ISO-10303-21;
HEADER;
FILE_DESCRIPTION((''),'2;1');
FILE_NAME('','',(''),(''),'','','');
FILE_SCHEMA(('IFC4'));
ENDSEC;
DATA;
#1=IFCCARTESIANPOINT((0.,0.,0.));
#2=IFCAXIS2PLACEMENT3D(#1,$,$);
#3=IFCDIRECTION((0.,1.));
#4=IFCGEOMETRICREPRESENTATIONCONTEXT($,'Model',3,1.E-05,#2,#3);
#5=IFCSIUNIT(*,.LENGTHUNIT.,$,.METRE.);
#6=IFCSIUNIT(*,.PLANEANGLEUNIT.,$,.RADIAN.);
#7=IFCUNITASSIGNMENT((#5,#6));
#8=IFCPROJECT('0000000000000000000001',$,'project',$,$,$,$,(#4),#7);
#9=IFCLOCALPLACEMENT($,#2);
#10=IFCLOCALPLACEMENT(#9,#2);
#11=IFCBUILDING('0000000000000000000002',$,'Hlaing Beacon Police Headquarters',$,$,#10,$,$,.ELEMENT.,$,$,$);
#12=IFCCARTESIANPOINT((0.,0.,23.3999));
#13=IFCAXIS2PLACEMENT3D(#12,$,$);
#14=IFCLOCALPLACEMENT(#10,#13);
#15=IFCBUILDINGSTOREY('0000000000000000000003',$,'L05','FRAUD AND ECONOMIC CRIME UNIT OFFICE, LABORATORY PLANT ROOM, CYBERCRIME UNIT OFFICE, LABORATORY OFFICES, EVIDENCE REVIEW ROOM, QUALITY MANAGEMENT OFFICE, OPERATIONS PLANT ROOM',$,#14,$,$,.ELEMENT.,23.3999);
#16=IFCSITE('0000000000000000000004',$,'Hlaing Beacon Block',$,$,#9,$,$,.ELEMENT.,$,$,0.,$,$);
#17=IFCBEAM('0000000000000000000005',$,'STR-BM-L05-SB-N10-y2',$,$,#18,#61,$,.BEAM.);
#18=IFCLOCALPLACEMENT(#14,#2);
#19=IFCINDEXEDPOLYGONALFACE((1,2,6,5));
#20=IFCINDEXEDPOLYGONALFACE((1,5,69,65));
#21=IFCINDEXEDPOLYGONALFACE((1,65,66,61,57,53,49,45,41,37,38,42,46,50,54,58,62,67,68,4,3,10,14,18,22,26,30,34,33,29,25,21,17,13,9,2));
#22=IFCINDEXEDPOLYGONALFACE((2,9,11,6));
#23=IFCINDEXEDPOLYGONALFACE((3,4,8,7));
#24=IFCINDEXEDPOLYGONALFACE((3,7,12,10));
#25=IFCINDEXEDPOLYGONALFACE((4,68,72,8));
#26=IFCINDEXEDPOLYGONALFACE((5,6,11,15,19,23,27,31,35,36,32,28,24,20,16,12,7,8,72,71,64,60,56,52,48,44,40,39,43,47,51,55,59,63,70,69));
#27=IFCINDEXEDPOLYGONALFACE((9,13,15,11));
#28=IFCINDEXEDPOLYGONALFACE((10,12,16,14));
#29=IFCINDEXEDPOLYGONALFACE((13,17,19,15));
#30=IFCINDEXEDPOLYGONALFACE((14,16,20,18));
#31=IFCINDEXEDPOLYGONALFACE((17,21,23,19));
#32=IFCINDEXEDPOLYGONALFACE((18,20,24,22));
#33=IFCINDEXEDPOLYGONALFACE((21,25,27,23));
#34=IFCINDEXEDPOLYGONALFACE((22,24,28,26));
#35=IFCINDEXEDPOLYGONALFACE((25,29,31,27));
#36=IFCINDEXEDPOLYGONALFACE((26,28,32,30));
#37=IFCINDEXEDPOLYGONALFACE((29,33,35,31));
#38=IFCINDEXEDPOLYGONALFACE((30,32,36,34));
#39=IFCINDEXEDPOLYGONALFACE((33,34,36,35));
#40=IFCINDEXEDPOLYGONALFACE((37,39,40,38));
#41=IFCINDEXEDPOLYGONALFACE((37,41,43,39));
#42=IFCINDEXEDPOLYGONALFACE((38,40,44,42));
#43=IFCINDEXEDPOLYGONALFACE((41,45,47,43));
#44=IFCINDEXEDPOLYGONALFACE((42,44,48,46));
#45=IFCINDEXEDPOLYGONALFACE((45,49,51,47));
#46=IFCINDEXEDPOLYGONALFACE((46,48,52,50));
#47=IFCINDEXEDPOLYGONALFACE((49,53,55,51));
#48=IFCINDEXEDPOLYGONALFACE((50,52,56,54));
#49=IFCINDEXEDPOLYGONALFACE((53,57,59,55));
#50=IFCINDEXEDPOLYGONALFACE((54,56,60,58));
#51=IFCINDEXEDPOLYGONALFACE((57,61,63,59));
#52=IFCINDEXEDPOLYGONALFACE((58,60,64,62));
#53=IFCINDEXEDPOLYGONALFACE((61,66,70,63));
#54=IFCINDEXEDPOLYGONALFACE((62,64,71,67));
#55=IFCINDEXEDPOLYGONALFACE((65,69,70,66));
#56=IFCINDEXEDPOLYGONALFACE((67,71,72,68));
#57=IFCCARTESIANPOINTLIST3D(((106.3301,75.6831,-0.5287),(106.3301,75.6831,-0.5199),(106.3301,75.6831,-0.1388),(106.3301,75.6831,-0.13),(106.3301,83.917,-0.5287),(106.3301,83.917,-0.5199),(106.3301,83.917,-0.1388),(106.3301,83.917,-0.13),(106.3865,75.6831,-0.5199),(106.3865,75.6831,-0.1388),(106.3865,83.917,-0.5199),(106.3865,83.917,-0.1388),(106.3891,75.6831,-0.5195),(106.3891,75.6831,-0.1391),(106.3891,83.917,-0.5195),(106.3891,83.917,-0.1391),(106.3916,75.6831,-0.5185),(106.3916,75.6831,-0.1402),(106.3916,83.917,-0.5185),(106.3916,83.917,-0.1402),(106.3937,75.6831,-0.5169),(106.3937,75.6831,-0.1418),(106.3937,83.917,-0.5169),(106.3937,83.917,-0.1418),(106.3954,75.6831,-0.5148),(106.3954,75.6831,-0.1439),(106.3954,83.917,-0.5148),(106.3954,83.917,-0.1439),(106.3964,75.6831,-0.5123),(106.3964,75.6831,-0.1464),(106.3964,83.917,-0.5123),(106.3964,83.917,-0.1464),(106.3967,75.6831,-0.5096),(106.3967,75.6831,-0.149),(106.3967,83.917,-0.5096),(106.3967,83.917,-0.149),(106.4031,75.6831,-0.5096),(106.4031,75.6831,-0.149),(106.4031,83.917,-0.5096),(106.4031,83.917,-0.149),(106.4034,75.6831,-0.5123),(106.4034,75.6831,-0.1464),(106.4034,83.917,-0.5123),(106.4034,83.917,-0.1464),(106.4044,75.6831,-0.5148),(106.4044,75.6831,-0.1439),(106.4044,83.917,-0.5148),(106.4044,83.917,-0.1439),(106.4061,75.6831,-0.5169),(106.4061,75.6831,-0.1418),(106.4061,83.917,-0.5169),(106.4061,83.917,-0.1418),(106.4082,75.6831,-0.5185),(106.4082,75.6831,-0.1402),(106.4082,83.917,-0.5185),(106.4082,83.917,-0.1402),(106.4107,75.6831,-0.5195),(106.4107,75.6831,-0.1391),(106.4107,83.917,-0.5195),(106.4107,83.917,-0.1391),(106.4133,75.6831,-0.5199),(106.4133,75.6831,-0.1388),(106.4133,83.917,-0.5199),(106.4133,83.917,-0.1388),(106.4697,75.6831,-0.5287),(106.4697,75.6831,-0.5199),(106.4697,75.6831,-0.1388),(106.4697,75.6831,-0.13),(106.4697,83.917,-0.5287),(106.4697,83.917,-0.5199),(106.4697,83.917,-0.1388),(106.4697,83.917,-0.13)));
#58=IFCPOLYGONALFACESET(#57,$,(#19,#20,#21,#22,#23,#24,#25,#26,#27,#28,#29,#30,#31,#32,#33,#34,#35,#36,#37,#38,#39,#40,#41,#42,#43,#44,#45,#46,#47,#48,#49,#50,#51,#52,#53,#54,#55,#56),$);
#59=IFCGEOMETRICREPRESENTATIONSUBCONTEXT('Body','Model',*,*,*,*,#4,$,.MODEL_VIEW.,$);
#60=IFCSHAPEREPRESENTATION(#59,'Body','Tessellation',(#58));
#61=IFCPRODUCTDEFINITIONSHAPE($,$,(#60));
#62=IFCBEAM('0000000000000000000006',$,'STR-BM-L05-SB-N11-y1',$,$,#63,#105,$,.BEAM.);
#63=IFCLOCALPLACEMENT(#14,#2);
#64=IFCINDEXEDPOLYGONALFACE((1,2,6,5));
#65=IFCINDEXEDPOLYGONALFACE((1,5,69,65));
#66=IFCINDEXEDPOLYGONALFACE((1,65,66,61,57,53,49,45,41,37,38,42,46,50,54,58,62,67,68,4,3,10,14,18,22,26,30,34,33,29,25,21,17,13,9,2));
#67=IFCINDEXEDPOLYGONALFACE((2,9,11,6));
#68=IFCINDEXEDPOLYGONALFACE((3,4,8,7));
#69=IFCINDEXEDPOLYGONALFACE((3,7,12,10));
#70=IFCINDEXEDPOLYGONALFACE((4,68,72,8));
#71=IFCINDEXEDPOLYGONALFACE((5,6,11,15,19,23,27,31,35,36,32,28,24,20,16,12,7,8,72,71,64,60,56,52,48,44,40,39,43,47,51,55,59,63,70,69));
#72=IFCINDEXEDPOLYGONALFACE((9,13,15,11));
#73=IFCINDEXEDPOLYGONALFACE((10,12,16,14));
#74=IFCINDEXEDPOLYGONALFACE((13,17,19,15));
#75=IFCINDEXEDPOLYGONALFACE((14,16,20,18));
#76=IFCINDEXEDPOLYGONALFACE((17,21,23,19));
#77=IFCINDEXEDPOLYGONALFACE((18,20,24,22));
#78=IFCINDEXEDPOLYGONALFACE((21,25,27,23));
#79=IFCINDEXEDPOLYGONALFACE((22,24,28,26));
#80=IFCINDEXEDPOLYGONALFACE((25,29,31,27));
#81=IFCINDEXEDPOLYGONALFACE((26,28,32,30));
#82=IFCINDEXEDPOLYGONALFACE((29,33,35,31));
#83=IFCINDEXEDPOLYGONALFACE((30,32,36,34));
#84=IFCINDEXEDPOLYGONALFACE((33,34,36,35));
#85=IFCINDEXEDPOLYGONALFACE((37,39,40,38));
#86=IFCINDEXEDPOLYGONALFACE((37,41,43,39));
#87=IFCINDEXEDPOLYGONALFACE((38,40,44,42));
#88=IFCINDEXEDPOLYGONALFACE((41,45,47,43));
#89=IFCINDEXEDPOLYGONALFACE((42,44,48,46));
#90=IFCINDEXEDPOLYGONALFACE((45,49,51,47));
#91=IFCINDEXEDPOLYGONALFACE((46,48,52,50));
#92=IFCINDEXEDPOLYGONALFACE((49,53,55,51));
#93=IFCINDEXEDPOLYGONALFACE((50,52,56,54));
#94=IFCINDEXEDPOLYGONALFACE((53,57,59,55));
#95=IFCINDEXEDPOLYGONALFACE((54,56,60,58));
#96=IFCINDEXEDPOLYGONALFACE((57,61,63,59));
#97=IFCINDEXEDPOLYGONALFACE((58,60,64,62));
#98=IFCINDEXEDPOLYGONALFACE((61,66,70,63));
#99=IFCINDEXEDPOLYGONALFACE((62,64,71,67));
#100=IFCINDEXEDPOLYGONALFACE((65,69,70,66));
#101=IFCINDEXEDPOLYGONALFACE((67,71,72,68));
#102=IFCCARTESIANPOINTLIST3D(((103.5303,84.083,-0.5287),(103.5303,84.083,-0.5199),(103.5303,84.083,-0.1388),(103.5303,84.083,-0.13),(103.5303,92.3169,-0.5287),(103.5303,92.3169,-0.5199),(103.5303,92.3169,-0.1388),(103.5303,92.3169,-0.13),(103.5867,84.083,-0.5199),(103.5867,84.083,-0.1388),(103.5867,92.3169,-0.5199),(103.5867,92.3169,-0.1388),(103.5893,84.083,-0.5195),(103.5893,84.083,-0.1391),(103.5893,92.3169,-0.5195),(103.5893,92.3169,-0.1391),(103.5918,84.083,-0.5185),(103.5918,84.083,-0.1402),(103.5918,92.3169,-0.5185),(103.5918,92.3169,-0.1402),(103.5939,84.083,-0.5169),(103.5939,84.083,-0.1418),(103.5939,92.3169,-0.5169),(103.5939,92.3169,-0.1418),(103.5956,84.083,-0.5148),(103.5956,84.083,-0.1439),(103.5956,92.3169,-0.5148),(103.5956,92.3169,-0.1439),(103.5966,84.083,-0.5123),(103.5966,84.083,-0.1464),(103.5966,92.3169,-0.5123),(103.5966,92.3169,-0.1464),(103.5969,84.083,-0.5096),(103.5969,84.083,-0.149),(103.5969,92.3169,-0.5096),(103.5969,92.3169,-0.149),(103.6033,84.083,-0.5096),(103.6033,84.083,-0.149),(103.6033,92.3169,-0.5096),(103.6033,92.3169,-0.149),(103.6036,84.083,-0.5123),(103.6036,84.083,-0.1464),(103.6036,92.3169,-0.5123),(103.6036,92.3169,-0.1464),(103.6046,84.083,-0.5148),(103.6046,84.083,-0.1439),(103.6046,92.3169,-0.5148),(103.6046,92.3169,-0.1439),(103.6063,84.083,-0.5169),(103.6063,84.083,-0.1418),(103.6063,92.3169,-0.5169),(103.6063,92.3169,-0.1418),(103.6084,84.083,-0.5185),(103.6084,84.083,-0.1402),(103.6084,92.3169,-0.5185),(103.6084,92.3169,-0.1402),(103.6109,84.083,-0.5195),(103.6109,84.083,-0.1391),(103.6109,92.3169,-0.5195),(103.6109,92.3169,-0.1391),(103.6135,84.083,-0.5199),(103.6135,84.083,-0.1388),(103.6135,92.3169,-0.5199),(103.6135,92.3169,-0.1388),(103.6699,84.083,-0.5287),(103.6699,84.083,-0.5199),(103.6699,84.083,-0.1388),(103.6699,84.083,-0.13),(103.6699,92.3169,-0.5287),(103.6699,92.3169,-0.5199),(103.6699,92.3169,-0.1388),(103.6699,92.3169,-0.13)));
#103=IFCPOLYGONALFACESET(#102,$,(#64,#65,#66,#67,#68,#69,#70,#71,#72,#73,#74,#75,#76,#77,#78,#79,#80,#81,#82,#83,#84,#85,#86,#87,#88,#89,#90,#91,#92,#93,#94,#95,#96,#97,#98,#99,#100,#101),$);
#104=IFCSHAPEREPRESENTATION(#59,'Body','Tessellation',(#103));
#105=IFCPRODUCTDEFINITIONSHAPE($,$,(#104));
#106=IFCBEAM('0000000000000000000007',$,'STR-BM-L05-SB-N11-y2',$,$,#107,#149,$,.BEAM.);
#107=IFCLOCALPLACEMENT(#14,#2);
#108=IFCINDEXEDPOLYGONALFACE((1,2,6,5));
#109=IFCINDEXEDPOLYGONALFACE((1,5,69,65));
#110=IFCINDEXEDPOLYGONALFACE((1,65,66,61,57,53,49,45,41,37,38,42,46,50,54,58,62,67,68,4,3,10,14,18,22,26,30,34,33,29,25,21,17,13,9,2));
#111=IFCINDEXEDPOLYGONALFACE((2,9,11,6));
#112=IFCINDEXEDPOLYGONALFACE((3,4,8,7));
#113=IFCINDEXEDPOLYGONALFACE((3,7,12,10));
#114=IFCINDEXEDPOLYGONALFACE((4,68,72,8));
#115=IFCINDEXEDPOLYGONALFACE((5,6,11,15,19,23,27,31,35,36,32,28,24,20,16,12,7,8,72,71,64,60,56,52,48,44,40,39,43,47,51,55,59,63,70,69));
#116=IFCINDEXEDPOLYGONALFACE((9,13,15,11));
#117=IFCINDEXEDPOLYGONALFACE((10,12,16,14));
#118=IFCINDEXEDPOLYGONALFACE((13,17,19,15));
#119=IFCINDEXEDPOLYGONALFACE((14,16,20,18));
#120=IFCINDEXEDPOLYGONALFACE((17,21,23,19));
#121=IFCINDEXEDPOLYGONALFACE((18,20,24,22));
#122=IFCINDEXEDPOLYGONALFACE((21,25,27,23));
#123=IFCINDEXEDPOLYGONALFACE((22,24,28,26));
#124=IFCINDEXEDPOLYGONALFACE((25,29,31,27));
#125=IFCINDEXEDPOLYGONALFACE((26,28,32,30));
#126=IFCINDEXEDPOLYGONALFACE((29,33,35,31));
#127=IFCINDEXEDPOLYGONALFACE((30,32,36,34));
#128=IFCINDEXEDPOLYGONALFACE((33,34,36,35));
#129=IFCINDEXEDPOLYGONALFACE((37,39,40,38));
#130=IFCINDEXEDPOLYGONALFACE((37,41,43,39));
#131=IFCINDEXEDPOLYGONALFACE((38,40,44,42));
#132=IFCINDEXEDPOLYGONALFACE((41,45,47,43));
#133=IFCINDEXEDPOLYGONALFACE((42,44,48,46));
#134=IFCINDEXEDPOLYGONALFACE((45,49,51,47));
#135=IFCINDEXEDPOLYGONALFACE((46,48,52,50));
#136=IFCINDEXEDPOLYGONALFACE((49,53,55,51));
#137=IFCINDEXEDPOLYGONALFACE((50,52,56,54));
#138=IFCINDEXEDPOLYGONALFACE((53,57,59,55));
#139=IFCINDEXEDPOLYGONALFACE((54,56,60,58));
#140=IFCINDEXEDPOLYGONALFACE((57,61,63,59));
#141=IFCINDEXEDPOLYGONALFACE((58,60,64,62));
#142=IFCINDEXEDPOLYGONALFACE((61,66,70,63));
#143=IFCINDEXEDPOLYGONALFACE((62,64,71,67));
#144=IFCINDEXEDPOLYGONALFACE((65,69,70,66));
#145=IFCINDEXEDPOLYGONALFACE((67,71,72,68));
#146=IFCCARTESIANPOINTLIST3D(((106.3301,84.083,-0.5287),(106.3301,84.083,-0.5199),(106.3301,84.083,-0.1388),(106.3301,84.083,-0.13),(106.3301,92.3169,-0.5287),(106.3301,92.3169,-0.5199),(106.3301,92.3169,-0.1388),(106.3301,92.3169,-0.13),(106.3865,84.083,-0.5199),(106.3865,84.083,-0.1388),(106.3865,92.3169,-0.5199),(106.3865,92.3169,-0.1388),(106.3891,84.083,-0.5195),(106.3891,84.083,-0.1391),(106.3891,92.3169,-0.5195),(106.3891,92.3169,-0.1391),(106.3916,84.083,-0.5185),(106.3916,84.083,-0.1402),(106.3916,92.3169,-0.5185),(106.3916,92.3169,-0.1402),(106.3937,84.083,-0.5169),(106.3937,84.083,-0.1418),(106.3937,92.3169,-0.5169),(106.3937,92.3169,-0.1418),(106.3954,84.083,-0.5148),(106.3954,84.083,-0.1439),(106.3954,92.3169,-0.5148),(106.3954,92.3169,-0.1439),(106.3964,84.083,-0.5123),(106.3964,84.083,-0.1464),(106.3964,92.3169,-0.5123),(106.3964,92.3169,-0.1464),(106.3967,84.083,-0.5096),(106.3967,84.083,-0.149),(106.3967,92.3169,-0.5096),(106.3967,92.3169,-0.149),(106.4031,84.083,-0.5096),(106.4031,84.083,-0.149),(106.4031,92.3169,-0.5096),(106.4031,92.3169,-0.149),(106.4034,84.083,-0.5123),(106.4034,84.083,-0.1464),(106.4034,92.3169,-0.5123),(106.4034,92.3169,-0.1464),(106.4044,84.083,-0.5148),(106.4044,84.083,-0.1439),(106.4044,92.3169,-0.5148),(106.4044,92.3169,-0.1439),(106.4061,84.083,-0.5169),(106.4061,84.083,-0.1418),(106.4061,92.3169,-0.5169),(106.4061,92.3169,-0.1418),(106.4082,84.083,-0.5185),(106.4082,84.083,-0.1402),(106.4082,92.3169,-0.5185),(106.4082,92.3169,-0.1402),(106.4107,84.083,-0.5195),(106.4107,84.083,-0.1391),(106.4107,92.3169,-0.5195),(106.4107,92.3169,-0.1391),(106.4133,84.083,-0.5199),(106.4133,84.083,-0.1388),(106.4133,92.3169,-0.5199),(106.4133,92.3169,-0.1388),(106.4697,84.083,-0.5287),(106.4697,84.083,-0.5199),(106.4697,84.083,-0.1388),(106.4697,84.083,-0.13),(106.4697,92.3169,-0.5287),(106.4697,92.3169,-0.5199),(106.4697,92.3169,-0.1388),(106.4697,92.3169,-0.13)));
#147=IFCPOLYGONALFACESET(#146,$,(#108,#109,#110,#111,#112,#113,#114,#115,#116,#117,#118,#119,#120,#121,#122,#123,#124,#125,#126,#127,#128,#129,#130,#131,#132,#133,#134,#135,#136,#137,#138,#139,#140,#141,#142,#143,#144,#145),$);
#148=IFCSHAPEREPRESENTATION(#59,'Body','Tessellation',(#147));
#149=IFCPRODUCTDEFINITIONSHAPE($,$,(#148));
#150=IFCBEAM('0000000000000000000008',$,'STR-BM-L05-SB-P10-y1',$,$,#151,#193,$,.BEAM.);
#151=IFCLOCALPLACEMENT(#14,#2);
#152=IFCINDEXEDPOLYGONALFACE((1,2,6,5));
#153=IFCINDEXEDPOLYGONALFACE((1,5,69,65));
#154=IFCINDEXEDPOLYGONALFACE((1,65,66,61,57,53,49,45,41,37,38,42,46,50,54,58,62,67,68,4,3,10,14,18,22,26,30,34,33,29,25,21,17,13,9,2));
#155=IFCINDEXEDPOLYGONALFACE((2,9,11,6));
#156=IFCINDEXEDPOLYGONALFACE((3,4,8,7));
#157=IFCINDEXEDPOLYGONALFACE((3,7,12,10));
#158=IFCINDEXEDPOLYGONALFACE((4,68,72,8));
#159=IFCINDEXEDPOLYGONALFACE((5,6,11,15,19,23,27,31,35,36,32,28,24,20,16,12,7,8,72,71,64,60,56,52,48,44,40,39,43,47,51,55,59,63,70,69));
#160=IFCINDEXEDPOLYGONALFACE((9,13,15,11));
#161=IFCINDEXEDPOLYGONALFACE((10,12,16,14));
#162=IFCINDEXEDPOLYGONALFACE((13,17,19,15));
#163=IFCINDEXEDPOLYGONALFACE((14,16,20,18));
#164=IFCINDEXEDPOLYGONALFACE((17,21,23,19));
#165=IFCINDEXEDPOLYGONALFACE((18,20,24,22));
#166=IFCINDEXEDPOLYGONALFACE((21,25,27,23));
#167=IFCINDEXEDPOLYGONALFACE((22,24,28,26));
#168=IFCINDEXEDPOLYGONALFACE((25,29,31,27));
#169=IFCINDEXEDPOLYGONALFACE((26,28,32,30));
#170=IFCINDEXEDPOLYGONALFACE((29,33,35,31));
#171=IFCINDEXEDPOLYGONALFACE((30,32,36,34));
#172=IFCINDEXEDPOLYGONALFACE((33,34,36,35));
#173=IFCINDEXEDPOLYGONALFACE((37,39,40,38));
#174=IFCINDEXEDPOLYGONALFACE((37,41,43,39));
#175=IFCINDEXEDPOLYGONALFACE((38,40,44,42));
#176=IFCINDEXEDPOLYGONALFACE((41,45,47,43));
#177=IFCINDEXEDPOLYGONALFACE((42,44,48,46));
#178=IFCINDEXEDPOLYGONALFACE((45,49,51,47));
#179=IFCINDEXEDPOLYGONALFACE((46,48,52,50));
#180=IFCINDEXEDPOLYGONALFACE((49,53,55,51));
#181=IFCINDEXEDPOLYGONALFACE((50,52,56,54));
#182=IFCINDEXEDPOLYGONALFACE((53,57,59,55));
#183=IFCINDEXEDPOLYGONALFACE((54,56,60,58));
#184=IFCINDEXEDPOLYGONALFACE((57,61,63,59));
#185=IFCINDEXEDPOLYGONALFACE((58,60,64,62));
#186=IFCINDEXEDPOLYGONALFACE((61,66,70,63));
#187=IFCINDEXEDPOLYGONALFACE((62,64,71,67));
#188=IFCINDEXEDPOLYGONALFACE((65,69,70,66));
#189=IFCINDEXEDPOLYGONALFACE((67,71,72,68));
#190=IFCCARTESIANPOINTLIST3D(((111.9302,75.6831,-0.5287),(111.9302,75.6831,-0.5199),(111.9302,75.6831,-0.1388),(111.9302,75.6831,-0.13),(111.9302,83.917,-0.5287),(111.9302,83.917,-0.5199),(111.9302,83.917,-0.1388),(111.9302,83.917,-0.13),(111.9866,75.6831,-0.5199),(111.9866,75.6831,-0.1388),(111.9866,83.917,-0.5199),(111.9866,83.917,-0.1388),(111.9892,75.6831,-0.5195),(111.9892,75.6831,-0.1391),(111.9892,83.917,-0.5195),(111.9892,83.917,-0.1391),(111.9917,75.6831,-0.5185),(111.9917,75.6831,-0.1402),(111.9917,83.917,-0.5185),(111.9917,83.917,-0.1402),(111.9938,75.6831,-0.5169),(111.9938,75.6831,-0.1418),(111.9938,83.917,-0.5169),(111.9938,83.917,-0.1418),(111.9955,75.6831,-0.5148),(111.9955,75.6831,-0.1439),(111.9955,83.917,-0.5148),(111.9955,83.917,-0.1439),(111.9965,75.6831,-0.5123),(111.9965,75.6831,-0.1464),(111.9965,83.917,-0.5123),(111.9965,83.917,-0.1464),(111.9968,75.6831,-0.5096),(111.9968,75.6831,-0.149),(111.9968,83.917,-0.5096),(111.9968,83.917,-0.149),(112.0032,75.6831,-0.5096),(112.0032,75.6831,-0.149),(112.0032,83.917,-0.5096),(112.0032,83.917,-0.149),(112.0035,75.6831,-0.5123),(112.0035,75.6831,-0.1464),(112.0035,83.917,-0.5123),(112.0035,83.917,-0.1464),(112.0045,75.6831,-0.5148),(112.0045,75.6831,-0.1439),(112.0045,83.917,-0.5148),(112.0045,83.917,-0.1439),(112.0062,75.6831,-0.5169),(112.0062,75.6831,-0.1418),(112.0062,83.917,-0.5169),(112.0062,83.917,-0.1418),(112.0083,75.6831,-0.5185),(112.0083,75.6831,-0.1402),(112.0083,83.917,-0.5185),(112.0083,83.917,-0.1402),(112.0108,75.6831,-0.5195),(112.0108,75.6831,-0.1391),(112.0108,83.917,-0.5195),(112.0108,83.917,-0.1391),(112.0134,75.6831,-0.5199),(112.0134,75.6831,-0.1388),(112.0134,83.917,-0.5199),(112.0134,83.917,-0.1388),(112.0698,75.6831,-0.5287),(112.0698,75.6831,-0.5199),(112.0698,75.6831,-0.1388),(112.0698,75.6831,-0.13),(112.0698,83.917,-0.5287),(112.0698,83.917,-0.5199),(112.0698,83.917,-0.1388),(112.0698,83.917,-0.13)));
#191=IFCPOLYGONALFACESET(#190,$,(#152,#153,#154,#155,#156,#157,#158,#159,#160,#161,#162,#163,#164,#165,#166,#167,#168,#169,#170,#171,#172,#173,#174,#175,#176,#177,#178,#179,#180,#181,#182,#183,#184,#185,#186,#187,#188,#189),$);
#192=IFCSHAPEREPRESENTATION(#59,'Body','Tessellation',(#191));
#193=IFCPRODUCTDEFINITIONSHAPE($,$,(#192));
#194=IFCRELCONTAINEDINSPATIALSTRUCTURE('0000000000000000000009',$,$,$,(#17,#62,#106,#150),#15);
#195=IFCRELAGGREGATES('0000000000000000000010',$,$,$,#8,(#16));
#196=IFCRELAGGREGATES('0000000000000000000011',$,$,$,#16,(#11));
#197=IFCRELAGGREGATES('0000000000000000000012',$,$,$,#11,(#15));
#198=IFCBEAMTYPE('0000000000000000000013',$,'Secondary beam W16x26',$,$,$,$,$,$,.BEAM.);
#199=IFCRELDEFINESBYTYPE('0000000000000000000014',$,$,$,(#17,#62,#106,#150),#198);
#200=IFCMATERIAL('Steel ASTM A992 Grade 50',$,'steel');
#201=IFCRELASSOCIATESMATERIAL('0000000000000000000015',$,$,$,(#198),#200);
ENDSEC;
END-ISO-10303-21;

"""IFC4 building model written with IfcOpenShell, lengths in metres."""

from ifc_helpers import new_model, si_unit, direction, frame, origin, origin_2d, place, context, subcontext, project, spatial, i_section, extrude, material, material_profile, profile_set, type_object, element, save


model = new_model("IFC4")

# Units and contexts
model_context = context("Model", 3, precision=1e-05, world=origin(), true_north=direction((0.0, 1.0)))
body_context = subcontext(model_context, "Body", "Model", "MODEL_VIEW")
ifc_project = project(units=[si_unit("LENGTHUNIT", "METRE"), si_unit("PLANEANGLEUNIT", "RADIAN")], contexts=[model_context])

# Site, building, storey
site_placement = place(None, origin())
site = spatial("IfcSite", under=ifc_project, at=site_placement, Name="Hlaing Beacon Block", CompositionType="ELEMENT", RefElevation=0.0)
building_placement = place(site_placement, origin())
building = spatial("IfcBuilding", under=site, at=building_placement, Name="Hlaing Beacon Police Headquarters", CompositionType="ELEMENT")
storey_placement = place(building_placement, frame((0.0, 0.0, 23.3999)))
storey = spatial("IfcBuildingStorey", under=building, at=storey_placement, Name="L05", Description="FRAUD AND ECONOMIC CRIME UNIT OFFICE, LABORATORY PLANT ROOM, CYBERCRIME UNIT OFFICE, LABORATORY OFFICES, EVIDENCE REVIEW ROOM, QUALITY MANAGEMENT OFFICE, OPERATIONS PLANT ROOM", CompositionType="ELEMENT", Elevation=23.3999)

# Beams
ifc_material_1 = material(Name="Steel ASTM A992 Grade 50", Category="steel")
ifc_material_profile_1 = material_profile(ifc_material_1, i_section(OverallWidth=0.1396, OverallDepth=0.3987, WebThickness=0.0063, FlangeThickness=0.0088, FilletRadius=0.0103, at=origin_2d()), Name="W16x26")
ifc_profile_set_1 = profile_set([ifc_material_profile_1], Name="Steel ASTM A992 Grade 50")
beam_type_1 = type_object("IfcBeamType", Name="Secondary beam W16x26", PredefinedType="BEAM", material=ifc_profile_set_1)
for number, where, z_axis, x_axis, name in (
    (1, (106.3999, 75.6831, -0.3293), (0.0, 1.0, 0.0), (-1.0, 0.0, 0.0), "STR-BM-L05-SB-N10-y2"),
    (2, (103.6001, 84.083, -0.3293), (0.0, 1.0, 0.0), (-1.0, 0.0, 0.0), "STR-BM-L05-SB-N11-y1"),
    (3, (106.3999, 84.083, -0.3293), (0.0, 1.0, 0.0), (-1.0, 0.0, 0.0), "STR-BM-L05-SB-N11-y2"),
    (4, (112.0, 75.6831, -0.3293), (0.0, 1.0, 0.0), (-1.0, 0.0, 0.0), "STR-BM-L05-SB-P10-y1"),
):
    element("IfcBeam", number, at=place(storey_placement, frame(where, z_axis=z_axis, x_axis=x_axis)), inside=storey, type_object=beam_type_1, Name=name, PredefinedType="BEAM", context=body_context, shape_type="SweptSolid", body=[
        extrude(i_section(OverallWidth=0.1396, OverallDepth=0.3987, WebThickness=0.0063, FlangeThickness=0.0088, FilletRadius=0.0103, at=origin_2d()), origin(), (0.0, 0.0, 1.0), 8.2339),
    ])

save(model, "model.ifc")
